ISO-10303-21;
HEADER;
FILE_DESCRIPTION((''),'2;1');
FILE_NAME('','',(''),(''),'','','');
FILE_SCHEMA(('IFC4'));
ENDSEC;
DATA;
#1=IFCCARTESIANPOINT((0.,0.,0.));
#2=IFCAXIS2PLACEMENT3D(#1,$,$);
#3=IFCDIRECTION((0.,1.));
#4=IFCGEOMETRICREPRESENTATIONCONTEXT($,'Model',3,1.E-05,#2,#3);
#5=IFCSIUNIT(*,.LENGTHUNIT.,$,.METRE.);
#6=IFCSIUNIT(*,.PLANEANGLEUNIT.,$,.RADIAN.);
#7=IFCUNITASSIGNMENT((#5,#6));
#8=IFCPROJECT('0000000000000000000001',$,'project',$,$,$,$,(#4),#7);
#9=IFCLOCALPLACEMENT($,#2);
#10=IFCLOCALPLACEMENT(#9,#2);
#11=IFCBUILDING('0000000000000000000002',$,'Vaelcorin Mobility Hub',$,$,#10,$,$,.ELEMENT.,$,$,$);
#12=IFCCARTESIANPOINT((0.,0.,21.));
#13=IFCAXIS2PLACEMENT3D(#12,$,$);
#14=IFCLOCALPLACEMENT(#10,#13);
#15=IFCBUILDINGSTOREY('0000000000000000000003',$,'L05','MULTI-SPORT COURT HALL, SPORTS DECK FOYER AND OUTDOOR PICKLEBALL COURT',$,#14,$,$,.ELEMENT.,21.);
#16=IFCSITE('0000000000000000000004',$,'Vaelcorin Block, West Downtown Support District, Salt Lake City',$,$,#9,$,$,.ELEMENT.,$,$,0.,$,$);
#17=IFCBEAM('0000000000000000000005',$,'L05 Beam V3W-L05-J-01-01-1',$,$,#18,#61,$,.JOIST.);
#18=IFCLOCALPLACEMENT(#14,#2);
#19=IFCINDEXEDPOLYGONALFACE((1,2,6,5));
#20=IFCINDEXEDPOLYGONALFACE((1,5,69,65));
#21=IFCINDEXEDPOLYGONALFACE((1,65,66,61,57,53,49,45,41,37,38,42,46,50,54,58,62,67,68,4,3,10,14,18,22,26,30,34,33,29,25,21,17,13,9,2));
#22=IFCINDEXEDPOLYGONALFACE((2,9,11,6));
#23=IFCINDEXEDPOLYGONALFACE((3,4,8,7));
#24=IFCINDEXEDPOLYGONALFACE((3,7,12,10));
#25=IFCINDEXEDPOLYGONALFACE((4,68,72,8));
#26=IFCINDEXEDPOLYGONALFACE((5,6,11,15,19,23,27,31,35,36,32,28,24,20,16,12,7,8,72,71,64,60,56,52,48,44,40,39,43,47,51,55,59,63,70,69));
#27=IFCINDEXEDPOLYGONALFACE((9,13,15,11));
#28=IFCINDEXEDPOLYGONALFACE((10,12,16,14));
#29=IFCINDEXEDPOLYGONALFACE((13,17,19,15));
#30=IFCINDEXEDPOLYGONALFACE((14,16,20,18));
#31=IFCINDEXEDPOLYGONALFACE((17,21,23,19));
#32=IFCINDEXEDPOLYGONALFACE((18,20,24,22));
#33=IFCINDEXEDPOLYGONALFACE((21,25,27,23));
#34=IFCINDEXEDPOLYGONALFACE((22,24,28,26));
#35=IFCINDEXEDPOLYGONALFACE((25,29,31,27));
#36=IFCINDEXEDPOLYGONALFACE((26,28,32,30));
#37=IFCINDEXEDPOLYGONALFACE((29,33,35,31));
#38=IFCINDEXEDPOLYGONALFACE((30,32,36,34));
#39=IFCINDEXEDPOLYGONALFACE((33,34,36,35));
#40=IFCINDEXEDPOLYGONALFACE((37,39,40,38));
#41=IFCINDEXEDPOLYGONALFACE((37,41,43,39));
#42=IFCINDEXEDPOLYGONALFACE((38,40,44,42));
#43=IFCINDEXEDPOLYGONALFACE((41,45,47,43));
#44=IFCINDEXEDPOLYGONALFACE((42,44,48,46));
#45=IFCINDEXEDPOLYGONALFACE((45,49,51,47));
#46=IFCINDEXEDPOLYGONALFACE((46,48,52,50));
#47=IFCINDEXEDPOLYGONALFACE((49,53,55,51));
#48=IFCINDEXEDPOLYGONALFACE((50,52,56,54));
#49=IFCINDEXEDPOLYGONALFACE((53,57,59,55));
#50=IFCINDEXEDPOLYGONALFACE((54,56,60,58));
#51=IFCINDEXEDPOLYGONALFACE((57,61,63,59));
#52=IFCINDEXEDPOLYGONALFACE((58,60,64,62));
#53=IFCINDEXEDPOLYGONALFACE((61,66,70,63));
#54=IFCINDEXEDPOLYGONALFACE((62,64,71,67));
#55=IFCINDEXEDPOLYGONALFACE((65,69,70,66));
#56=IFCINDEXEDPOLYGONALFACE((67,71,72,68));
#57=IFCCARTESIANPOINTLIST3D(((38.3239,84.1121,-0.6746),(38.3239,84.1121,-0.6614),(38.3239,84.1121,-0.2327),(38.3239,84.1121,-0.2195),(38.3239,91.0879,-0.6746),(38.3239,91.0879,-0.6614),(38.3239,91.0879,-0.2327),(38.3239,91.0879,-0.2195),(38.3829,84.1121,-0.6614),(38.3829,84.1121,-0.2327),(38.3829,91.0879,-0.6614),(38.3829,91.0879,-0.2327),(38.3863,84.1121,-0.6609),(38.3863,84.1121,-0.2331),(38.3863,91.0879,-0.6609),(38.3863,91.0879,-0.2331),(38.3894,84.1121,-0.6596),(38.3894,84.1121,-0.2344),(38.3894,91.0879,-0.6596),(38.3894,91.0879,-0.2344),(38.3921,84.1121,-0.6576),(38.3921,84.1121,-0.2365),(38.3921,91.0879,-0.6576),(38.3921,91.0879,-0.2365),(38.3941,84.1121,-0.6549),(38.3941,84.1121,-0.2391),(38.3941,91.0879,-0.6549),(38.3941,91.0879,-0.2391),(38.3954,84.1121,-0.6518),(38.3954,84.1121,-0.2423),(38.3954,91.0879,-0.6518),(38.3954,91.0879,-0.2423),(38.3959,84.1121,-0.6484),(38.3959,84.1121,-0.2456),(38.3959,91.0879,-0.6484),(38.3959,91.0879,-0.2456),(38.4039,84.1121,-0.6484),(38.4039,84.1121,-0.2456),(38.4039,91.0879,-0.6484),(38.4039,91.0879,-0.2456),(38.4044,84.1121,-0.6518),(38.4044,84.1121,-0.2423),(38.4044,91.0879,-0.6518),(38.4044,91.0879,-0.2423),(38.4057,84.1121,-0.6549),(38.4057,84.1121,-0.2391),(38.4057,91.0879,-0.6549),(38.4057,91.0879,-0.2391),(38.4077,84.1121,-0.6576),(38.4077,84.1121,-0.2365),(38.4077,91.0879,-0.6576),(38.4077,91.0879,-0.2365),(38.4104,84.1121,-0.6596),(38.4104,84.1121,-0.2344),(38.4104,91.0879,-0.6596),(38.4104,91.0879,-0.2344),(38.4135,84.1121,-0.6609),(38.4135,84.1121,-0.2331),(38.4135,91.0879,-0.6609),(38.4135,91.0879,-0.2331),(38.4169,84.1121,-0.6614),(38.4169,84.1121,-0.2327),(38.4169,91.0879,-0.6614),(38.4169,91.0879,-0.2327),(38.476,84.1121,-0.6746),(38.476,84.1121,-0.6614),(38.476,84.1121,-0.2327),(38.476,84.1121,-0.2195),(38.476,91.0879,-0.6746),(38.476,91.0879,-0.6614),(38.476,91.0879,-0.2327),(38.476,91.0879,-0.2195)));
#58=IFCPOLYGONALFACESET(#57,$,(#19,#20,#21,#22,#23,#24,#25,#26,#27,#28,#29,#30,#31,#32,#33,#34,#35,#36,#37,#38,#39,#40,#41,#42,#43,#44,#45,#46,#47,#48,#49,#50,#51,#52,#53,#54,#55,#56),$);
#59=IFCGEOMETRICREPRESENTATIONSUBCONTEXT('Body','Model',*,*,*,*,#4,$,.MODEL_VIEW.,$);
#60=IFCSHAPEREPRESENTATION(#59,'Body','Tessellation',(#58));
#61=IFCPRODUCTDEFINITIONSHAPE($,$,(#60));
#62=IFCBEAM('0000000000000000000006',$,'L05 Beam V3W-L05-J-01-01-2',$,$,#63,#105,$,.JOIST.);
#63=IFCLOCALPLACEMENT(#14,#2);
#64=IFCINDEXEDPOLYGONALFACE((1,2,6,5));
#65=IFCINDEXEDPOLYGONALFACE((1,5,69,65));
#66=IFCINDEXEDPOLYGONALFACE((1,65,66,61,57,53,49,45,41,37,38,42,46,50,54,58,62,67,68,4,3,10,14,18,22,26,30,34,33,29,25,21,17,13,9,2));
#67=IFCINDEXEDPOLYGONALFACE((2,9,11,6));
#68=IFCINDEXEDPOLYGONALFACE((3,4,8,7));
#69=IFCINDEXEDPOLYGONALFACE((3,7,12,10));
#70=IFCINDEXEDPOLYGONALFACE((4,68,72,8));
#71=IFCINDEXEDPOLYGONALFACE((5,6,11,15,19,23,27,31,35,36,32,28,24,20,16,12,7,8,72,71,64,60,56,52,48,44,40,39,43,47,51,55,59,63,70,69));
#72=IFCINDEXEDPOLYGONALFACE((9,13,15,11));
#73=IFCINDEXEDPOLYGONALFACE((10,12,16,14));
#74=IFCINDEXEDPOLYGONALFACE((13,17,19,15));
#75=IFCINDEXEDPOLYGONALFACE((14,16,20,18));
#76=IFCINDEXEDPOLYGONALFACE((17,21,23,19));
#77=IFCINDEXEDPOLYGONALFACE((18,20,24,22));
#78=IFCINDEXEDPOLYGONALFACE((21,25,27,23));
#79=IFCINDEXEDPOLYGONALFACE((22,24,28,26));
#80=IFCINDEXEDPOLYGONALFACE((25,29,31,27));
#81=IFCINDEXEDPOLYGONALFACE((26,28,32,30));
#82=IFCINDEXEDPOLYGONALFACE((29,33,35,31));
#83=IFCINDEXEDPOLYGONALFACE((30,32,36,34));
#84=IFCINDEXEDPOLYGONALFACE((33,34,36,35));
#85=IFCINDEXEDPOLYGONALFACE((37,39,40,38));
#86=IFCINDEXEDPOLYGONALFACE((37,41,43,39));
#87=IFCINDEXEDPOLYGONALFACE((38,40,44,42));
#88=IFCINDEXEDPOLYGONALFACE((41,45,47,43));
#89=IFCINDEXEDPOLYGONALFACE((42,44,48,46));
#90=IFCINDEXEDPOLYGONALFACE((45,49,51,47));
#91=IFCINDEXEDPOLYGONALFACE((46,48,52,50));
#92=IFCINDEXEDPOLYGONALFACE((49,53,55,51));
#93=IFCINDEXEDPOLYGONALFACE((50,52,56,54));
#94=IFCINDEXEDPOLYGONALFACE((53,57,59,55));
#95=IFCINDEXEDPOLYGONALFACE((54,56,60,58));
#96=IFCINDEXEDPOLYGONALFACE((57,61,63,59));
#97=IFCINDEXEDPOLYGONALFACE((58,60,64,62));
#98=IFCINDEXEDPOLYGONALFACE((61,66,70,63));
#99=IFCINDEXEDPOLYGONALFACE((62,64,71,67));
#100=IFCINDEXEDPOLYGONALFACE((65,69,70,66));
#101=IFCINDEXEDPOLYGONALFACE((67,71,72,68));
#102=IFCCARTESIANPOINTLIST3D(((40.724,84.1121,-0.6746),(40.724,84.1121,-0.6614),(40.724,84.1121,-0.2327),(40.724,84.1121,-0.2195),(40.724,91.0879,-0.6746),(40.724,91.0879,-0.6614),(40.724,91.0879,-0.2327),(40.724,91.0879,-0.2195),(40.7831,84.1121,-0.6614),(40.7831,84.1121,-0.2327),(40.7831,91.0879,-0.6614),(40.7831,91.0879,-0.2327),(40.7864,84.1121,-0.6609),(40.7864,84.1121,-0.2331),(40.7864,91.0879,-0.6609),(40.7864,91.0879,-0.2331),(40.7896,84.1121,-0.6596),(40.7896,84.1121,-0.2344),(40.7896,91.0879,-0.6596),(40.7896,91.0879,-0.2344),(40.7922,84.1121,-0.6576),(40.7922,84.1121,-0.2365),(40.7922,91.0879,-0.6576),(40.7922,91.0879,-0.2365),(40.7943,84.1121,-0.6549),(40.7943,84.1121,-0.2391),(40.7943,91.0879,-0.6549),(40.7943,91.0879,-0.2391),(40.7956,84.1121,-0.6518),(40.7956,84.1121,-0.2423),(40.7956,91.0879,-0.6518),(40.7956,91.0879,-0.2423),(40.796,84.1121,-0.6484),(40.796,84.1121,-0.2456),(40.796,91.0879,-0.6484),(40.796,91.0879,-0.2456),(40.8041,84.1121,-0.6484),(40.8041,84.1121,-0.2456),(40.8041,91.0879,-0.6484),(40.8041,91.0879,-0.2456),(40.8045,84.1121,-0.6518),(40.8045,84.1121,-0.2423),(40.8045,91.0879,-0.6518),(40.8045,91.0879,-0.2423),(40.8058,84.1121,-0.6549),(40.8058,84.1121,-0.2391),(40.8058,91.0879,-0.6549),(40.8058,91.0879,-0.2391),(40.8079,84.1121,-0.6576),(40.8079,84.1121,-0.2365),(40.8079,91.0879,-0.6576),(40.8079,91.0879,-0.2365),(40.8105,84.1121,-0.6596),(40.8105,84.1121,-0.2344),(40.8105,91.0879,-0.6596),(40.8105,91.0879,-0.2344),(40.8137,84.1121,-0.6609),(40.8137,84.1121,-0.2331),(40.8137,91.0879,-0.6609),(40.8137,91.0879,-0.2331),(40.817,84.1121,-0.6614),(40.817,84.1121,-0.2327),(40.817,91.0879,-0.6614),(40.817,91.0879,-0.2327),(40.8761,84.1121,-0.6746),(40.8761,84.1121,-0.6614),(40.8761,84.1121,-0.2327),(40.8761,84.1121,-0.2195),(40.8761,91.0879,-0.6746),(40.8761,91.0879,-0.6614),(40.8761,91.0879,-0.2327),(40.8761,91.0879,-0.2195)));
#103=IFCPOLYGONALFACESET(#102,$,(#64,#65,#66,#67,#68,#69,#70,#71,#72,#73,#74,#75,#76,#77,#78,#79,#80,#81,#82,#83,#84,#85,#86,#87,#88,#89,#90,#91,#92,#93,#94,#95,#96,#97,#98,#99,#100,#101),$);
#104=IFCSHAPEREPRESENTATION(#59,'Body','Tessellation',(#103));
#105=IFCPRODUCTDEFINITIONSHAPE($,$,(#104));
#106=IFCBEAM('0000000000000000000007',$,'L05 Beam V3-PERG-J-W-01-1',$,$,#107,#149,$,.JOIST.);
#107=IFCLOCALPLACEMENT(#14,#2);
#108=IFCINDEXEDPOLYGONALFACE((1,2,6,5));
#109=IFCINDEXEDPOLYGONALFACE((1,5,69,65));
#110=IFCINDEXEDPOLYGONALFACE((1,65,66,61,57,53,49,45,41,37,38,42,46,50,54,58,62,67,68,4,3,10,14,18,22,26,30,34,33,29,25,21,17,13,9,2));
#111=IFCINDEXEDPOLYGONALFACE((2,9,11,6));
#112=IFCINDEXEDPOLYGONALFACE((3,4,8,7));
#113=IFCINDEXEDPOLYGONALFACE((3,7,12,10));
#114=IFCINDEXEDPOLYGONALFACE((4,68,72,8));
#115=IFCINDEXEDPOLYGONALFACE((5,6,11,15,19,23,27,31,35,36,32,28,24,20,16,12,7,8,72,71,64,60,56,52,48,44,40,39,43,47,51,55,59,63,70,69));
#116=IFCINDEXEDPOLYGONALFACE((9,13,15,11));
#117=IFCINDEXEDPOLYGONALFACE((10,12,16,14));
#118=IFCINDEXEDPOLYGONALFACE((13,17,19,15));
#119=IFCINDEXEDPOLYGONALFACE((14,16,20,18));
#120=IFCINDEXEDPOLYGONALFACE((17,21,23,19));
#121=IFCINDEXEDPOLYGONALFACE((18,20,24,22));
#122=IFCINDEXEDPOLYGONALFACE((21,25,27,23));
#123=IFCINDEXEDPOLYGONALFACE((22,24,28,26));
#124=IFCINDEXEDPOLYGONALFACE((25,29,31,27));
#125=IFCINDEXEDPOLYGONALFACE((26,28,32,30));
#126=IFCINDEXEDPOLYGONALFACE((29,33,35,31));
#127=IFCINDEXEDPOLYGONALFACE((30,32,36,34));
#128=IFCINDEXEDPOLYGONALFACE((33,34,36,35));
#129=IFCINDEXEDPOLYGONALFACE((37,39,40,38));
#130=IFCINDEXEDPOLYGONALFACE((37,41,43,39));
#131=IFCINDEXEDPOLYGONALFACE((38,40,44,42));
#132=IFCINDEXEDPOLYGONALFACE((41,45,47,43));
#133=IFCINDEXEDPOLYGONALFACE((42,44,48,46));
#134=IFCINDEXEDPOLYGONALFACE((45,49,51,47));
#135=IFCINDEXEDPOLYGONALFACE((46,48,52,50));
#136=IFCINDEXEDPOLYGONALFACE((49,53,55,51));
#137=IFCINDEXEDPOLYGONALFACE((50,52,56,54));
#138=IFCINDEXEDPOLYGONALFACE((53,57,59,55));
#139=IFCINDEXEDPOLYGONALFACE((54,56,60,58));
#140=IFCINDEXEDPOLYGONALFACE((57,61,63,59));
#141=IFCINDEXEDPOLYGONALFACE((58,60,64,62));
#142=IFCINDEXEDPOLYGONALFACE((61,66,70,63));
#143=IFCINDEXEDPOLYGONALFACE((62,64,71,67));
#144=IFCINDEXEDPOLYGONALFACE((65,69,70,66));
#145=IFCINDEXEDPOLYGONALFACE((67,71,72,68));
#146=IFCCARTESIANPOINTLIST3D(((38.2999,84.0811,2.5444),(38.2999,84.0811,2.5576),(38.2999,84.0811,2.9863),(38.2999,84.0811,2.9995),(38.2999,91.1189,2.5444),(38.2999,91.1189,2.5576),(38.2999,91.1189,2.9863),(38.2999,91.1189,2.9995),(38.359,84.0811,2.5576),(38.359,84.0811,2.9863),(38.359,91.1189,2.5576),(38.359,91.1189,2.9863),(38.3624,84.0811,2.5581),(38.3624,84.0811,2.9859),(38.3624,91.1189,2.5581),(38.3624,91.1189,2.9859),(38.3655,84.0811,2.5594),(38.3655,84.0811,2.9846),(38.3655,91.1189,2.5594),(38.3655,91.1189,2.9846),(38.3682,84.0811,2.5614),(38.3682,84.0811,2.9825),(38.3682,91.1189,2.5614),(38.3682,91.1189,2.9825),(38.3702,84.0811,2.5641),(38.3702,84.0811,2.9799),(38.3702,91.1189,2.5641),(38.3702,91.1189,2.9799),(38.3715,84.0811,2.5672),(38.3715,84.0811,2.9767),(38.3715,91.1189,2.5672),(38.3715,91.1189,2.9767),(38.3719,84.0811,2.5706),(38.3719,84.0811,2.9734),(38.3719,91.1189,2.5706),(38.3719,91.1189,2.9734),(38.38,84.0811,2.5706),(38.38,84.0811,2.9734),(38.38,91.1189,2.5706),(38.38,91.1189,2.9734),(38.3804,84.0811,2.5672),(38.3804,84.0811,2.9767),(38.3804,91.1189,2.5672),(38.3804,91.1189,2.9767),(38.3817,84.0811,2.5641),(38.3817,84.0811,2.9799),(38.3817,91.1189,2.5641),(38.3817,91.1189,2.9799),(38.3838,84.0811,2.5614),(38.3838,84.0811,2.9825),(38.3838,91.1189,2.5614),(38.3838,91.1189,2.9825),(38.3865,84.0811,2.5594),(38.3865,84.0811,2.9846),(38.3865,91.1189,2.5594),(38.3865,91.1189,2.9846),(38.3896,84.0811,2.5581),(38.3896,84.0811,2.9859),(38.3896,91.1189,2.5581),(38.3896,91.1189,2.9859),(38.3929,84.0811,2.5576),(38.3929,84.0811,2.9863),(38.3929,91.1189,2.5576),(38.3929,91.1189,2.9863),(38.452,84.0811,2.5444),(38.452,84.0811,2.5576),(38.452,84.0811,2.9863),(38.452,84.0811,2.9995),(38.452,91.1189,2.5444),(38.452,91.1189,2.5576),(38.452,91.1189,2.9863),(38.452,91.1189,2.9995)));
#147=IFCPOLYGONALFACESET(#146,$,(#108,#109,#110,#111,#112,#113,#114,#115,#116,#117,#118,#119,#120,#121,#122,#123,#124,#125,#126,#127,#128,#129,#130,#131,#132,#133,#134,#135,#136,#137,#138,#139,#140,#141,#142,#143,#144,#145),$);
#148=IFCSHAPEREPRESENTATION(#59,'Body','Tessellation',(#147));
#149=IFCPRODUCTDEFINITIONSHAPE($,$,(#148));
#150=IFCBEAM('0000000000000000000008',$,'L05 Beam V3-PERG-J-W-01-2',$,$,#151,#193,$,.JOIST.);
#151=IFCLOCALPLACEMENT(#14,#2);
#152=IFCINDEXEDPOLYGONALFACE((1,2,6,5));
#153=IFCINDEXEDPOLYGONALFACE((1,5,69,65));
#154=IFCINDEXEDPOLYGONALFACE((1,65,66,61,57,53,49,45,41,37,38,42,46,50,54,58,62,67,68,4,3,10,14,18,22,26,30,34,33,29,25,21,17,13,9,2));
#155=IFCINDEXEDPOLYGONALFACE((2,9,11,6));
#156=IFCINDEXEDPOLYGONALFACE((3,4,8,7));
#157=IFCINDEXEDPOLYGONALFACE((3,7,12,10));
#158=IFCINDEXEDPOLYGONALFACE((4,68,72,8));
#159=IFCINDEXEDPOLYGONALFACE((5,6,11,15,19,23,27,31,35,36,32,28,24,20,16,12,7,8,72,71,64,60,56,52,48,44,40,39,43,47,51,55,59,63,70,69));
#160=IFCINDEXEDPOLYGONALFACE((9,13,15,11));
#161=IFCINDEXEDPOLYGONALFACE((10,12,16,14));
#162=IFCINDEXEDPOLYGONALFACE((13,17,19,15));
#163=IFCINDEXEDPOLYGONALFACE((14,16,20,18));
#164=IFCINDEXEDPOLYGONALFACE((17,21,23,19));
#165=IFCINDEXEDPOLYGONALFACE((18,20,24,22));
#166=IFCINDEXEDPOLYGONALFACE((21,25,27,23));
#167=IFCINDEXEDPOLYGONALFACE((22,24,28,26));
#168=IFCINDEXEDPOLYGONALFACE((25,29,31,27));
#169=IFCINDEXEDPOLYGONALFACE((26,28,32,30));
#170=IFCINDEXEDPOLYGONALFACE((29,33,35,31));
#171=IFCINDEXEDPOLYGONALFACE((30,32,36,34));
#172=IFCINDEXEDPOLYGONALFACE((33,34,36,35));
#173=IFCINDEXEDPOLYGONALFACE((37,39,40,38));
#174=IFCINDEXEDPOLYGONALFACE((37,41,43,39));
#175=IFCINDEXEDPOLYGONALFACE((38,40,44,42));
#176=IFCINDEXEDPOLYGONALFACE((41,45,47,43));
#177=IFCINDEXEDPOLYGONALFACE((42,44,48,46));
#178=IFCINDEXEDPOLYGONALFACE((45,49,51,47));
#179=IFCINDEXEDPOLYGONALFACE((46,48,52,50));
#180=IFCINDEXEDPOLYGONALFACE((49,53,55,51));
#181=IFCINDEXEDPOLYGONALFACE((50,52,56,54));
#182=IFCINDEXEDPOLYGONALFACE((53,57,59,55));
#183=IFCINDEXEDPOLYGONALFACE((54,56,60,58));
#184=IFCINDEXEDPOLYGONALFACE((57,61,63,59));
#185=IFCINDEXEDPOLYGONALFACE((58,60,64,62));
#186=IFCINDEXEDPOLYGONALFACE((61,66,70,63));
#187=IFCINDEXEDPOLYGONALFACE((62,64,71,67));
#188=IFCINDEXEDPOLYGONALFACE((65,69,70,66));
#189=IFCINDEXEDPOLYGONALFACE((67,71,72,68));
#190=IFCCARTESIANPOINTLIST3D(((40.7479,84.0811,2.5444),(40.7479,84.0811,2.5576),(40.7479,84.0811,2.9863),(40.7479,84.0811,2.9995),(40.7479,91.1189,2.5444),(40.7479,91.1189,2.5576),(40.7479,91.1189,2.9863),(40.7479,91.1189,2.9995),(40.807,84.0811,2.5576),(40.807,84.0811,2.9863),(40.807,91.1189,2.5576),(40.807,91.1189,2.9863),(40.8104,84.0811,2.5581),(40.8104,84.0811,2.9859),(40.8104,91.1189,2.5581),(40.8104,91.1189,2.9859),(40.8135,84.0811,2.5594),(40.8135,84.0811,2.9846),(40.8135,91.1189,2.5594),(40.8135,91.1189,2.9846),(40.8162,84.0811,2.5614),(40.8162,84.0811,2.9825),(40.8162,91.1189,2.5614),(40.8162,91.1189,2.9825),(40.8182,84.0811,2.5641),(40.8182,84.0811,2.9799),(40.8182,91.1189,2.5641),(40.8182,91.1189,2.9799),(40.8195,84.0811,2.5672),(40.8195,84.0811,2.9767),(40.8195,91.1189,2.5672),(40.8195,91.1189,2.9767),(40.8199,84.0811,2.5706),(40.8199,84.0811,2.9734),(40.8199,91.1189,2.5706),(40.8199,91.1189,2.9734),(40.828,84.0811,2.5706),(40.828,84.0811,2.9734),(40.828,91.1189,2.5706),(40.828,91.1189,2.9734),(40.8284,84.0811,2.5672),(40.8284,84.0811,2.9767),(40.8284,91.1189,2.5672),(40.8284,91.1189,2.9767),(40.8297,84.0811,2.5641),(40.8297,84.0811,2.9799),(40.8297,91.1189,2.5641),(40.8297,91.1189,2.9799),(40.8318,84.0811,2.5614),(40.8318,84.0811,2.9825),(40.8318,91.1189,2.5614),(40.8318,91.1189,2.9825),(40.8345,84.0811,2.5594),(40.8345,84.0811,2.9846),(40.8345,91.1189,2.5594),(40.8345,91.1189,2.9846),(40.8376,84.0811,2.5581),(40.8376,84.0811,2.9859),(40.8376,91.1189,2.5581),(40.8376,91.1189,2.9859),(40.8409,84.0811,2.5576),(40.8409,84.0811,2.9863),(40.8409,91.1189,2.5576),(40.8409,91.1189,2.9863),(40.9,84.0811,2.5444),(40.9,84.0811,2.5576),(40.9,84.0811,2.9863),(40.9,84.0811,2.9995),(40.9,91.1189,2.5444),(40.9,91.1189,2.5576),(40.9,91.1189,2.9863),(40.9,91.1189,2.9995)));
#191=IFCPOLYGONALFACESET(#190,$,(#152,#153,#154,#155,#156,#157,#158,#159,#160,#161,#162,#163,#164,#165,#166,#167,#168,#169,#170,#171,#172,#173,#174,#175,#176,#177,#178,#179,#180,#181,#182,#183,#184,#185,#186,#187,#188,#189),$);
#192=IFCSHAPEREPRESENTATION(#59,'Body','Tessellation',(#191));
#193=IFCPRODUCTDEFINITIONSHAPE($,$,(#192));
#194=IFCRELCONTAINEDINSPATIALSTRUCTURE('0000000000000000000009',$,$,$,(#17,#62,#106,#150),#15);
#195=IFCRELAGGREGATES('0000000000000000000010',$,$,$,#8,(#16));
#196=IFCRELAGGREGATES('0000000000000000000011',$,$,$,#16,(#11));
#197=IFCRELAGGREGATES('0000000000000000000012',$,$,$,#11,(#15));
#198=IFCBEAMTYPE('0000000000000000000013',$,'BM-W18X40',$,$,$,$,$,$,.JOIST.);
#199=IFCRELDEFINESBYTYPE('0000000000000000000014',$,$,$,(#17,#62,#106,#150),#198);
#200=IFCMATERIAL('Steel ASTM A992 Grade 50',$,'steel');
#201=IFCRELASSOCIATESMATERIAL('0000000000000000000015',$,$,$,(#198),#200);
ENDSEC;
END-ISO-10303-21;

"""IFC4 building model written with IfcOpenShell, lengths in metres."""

from ifc_helpers import new_model, si_unit, direction, frame, origin, origin_2d, place, context, subcontext, project, spatial, i_section, extrude, material, material_profile, profile_set, type_object, element, save


model = new_model("IFC4")

# Units and contexts
model_context = context("Model", 3, precision=1e-05, world=origin(), true_north=direction((0.0, 1.0)))
body_context = subcontext(model_context, "Body", "Model", "MODEL_VIEW")
ifc_project = project(units=[si_unit("LENGTHUNIT", "METRE"), si_unit("PLANEANGLEUNIT", "RADIAN")], contexts=[model_context])

# Site, building, storey
site_placement = place(None, origin())
site = spatial("IfcSite", under=ifc_project, at=site_placement, Name="Vaelcorin Block, West Downtown Support District, Salt Lake City", CompositionType="ELEMENT", RefElevation=0.0)
building_placement = place(site_placement, origin())
building = spatial("IfcBuilding", under=site, at=building_placement, Name="Vaelcorin Mobility Hub", CompositionType="ELEMENT")
storey_placement = place(building_placement, frame((0.0, 0.0, 21.0)))
storey = spatial("IfcBuildingStorey", under=building, at=storey_placement, Name="L05", Description="MULTI-SPORT COURT HALL, SPORTS DECK FOYER AND OUTDOOR PICKLEBALL COURT", CompositionType="ELEMENT", Elevation=21.0)

# Beams
ifc_material_1 = material(Name="Steel ASTM A992 Grade 50", Category="steel")
ifc_material_profile_1 = material_profile(ifc_material_1, i_section(OverallWidth=0.1521, OverallDepth=0.4551, WebThickness=0.0081, FlangeThickness=0.0132, FilletRadius=0.0129, at=origin_2d()), Name="W18X40")
ifc_profile_set_1 = profile_set([ifc_material_profile_1], Name="Steel ASTM A992 Grade 50")
beam_type_1 = type_object("IfcBeamType", Name="BM-W18X40", PredefinedType="JOIST", material=ifc_profile_set_1)
for number, where, z_axis, x_axis, name in (
    (1, (38.3999, 84.1121, -0.447), (0.0, 1.0, 0.0), (-1.0, 0.0, 0.0), "L05 Beam V3W-L05-J-01-01-1"),
    (2, (40.8, 84.1121, -0.447), (0.0, 1.0, 0.0), (-1.0, 0.0, 0.0), "L05 Beam V3W-L05-J-01-01-2"),
):
    element("IfcBeam", number, at=place(storey_placement, frame(where, z_axis=z_axis, x_axis=x_axis)), inside=storey, type_object=beam_type_1, Name=name, PredefinedType="JOIST", context=body_context, shape_type="SweptSolid", body=[
        extrude(i_section(OverallWidth=0.1521, OverallDepth=0.4551, WebThickness=0.0081, FlangeThickness=0.0132, FilletRadius=0.0129, at=origin_2d()), origin(), (0.0, 0.0, 1.0), 6.9758),
    ])
for number, where, z_axis, x_axis, name in (
    (3, (38.376, 84.0811, 2.772), (0.0, 1.0, 0.0), (-1.0, 0.0, 0.0), "L05 Beam V3-PERG-J-W-01-1"),
    (4, (40.824, 84.0811, 2.772), (0.0, 1.0, 0.0), (-1.0, 0.0, 0.0), "L05 Beam V3-PERG-J-W-01-2"),
):
    element("IfcBeam", number, at=place(storey_placement, frame(where, z_axis=z_axis, x_axis=x_axis)), inside=storey, type_object=beam_type_1, Name=name, PredefinedType="JOIST", context=body_context, shape_type="SweptSolid", body=[
        extrude(i_section(OverallWidth=0.1521, OverallDepth=0.4551, WebThickness=0.0081, FlangeThickness=0.0132, FilletRadius=0.0129, at=origin_2d()), origin(), (0.0, 0.0, 1.0), 7.0378),
    ])

save(model, "model.ifc")
